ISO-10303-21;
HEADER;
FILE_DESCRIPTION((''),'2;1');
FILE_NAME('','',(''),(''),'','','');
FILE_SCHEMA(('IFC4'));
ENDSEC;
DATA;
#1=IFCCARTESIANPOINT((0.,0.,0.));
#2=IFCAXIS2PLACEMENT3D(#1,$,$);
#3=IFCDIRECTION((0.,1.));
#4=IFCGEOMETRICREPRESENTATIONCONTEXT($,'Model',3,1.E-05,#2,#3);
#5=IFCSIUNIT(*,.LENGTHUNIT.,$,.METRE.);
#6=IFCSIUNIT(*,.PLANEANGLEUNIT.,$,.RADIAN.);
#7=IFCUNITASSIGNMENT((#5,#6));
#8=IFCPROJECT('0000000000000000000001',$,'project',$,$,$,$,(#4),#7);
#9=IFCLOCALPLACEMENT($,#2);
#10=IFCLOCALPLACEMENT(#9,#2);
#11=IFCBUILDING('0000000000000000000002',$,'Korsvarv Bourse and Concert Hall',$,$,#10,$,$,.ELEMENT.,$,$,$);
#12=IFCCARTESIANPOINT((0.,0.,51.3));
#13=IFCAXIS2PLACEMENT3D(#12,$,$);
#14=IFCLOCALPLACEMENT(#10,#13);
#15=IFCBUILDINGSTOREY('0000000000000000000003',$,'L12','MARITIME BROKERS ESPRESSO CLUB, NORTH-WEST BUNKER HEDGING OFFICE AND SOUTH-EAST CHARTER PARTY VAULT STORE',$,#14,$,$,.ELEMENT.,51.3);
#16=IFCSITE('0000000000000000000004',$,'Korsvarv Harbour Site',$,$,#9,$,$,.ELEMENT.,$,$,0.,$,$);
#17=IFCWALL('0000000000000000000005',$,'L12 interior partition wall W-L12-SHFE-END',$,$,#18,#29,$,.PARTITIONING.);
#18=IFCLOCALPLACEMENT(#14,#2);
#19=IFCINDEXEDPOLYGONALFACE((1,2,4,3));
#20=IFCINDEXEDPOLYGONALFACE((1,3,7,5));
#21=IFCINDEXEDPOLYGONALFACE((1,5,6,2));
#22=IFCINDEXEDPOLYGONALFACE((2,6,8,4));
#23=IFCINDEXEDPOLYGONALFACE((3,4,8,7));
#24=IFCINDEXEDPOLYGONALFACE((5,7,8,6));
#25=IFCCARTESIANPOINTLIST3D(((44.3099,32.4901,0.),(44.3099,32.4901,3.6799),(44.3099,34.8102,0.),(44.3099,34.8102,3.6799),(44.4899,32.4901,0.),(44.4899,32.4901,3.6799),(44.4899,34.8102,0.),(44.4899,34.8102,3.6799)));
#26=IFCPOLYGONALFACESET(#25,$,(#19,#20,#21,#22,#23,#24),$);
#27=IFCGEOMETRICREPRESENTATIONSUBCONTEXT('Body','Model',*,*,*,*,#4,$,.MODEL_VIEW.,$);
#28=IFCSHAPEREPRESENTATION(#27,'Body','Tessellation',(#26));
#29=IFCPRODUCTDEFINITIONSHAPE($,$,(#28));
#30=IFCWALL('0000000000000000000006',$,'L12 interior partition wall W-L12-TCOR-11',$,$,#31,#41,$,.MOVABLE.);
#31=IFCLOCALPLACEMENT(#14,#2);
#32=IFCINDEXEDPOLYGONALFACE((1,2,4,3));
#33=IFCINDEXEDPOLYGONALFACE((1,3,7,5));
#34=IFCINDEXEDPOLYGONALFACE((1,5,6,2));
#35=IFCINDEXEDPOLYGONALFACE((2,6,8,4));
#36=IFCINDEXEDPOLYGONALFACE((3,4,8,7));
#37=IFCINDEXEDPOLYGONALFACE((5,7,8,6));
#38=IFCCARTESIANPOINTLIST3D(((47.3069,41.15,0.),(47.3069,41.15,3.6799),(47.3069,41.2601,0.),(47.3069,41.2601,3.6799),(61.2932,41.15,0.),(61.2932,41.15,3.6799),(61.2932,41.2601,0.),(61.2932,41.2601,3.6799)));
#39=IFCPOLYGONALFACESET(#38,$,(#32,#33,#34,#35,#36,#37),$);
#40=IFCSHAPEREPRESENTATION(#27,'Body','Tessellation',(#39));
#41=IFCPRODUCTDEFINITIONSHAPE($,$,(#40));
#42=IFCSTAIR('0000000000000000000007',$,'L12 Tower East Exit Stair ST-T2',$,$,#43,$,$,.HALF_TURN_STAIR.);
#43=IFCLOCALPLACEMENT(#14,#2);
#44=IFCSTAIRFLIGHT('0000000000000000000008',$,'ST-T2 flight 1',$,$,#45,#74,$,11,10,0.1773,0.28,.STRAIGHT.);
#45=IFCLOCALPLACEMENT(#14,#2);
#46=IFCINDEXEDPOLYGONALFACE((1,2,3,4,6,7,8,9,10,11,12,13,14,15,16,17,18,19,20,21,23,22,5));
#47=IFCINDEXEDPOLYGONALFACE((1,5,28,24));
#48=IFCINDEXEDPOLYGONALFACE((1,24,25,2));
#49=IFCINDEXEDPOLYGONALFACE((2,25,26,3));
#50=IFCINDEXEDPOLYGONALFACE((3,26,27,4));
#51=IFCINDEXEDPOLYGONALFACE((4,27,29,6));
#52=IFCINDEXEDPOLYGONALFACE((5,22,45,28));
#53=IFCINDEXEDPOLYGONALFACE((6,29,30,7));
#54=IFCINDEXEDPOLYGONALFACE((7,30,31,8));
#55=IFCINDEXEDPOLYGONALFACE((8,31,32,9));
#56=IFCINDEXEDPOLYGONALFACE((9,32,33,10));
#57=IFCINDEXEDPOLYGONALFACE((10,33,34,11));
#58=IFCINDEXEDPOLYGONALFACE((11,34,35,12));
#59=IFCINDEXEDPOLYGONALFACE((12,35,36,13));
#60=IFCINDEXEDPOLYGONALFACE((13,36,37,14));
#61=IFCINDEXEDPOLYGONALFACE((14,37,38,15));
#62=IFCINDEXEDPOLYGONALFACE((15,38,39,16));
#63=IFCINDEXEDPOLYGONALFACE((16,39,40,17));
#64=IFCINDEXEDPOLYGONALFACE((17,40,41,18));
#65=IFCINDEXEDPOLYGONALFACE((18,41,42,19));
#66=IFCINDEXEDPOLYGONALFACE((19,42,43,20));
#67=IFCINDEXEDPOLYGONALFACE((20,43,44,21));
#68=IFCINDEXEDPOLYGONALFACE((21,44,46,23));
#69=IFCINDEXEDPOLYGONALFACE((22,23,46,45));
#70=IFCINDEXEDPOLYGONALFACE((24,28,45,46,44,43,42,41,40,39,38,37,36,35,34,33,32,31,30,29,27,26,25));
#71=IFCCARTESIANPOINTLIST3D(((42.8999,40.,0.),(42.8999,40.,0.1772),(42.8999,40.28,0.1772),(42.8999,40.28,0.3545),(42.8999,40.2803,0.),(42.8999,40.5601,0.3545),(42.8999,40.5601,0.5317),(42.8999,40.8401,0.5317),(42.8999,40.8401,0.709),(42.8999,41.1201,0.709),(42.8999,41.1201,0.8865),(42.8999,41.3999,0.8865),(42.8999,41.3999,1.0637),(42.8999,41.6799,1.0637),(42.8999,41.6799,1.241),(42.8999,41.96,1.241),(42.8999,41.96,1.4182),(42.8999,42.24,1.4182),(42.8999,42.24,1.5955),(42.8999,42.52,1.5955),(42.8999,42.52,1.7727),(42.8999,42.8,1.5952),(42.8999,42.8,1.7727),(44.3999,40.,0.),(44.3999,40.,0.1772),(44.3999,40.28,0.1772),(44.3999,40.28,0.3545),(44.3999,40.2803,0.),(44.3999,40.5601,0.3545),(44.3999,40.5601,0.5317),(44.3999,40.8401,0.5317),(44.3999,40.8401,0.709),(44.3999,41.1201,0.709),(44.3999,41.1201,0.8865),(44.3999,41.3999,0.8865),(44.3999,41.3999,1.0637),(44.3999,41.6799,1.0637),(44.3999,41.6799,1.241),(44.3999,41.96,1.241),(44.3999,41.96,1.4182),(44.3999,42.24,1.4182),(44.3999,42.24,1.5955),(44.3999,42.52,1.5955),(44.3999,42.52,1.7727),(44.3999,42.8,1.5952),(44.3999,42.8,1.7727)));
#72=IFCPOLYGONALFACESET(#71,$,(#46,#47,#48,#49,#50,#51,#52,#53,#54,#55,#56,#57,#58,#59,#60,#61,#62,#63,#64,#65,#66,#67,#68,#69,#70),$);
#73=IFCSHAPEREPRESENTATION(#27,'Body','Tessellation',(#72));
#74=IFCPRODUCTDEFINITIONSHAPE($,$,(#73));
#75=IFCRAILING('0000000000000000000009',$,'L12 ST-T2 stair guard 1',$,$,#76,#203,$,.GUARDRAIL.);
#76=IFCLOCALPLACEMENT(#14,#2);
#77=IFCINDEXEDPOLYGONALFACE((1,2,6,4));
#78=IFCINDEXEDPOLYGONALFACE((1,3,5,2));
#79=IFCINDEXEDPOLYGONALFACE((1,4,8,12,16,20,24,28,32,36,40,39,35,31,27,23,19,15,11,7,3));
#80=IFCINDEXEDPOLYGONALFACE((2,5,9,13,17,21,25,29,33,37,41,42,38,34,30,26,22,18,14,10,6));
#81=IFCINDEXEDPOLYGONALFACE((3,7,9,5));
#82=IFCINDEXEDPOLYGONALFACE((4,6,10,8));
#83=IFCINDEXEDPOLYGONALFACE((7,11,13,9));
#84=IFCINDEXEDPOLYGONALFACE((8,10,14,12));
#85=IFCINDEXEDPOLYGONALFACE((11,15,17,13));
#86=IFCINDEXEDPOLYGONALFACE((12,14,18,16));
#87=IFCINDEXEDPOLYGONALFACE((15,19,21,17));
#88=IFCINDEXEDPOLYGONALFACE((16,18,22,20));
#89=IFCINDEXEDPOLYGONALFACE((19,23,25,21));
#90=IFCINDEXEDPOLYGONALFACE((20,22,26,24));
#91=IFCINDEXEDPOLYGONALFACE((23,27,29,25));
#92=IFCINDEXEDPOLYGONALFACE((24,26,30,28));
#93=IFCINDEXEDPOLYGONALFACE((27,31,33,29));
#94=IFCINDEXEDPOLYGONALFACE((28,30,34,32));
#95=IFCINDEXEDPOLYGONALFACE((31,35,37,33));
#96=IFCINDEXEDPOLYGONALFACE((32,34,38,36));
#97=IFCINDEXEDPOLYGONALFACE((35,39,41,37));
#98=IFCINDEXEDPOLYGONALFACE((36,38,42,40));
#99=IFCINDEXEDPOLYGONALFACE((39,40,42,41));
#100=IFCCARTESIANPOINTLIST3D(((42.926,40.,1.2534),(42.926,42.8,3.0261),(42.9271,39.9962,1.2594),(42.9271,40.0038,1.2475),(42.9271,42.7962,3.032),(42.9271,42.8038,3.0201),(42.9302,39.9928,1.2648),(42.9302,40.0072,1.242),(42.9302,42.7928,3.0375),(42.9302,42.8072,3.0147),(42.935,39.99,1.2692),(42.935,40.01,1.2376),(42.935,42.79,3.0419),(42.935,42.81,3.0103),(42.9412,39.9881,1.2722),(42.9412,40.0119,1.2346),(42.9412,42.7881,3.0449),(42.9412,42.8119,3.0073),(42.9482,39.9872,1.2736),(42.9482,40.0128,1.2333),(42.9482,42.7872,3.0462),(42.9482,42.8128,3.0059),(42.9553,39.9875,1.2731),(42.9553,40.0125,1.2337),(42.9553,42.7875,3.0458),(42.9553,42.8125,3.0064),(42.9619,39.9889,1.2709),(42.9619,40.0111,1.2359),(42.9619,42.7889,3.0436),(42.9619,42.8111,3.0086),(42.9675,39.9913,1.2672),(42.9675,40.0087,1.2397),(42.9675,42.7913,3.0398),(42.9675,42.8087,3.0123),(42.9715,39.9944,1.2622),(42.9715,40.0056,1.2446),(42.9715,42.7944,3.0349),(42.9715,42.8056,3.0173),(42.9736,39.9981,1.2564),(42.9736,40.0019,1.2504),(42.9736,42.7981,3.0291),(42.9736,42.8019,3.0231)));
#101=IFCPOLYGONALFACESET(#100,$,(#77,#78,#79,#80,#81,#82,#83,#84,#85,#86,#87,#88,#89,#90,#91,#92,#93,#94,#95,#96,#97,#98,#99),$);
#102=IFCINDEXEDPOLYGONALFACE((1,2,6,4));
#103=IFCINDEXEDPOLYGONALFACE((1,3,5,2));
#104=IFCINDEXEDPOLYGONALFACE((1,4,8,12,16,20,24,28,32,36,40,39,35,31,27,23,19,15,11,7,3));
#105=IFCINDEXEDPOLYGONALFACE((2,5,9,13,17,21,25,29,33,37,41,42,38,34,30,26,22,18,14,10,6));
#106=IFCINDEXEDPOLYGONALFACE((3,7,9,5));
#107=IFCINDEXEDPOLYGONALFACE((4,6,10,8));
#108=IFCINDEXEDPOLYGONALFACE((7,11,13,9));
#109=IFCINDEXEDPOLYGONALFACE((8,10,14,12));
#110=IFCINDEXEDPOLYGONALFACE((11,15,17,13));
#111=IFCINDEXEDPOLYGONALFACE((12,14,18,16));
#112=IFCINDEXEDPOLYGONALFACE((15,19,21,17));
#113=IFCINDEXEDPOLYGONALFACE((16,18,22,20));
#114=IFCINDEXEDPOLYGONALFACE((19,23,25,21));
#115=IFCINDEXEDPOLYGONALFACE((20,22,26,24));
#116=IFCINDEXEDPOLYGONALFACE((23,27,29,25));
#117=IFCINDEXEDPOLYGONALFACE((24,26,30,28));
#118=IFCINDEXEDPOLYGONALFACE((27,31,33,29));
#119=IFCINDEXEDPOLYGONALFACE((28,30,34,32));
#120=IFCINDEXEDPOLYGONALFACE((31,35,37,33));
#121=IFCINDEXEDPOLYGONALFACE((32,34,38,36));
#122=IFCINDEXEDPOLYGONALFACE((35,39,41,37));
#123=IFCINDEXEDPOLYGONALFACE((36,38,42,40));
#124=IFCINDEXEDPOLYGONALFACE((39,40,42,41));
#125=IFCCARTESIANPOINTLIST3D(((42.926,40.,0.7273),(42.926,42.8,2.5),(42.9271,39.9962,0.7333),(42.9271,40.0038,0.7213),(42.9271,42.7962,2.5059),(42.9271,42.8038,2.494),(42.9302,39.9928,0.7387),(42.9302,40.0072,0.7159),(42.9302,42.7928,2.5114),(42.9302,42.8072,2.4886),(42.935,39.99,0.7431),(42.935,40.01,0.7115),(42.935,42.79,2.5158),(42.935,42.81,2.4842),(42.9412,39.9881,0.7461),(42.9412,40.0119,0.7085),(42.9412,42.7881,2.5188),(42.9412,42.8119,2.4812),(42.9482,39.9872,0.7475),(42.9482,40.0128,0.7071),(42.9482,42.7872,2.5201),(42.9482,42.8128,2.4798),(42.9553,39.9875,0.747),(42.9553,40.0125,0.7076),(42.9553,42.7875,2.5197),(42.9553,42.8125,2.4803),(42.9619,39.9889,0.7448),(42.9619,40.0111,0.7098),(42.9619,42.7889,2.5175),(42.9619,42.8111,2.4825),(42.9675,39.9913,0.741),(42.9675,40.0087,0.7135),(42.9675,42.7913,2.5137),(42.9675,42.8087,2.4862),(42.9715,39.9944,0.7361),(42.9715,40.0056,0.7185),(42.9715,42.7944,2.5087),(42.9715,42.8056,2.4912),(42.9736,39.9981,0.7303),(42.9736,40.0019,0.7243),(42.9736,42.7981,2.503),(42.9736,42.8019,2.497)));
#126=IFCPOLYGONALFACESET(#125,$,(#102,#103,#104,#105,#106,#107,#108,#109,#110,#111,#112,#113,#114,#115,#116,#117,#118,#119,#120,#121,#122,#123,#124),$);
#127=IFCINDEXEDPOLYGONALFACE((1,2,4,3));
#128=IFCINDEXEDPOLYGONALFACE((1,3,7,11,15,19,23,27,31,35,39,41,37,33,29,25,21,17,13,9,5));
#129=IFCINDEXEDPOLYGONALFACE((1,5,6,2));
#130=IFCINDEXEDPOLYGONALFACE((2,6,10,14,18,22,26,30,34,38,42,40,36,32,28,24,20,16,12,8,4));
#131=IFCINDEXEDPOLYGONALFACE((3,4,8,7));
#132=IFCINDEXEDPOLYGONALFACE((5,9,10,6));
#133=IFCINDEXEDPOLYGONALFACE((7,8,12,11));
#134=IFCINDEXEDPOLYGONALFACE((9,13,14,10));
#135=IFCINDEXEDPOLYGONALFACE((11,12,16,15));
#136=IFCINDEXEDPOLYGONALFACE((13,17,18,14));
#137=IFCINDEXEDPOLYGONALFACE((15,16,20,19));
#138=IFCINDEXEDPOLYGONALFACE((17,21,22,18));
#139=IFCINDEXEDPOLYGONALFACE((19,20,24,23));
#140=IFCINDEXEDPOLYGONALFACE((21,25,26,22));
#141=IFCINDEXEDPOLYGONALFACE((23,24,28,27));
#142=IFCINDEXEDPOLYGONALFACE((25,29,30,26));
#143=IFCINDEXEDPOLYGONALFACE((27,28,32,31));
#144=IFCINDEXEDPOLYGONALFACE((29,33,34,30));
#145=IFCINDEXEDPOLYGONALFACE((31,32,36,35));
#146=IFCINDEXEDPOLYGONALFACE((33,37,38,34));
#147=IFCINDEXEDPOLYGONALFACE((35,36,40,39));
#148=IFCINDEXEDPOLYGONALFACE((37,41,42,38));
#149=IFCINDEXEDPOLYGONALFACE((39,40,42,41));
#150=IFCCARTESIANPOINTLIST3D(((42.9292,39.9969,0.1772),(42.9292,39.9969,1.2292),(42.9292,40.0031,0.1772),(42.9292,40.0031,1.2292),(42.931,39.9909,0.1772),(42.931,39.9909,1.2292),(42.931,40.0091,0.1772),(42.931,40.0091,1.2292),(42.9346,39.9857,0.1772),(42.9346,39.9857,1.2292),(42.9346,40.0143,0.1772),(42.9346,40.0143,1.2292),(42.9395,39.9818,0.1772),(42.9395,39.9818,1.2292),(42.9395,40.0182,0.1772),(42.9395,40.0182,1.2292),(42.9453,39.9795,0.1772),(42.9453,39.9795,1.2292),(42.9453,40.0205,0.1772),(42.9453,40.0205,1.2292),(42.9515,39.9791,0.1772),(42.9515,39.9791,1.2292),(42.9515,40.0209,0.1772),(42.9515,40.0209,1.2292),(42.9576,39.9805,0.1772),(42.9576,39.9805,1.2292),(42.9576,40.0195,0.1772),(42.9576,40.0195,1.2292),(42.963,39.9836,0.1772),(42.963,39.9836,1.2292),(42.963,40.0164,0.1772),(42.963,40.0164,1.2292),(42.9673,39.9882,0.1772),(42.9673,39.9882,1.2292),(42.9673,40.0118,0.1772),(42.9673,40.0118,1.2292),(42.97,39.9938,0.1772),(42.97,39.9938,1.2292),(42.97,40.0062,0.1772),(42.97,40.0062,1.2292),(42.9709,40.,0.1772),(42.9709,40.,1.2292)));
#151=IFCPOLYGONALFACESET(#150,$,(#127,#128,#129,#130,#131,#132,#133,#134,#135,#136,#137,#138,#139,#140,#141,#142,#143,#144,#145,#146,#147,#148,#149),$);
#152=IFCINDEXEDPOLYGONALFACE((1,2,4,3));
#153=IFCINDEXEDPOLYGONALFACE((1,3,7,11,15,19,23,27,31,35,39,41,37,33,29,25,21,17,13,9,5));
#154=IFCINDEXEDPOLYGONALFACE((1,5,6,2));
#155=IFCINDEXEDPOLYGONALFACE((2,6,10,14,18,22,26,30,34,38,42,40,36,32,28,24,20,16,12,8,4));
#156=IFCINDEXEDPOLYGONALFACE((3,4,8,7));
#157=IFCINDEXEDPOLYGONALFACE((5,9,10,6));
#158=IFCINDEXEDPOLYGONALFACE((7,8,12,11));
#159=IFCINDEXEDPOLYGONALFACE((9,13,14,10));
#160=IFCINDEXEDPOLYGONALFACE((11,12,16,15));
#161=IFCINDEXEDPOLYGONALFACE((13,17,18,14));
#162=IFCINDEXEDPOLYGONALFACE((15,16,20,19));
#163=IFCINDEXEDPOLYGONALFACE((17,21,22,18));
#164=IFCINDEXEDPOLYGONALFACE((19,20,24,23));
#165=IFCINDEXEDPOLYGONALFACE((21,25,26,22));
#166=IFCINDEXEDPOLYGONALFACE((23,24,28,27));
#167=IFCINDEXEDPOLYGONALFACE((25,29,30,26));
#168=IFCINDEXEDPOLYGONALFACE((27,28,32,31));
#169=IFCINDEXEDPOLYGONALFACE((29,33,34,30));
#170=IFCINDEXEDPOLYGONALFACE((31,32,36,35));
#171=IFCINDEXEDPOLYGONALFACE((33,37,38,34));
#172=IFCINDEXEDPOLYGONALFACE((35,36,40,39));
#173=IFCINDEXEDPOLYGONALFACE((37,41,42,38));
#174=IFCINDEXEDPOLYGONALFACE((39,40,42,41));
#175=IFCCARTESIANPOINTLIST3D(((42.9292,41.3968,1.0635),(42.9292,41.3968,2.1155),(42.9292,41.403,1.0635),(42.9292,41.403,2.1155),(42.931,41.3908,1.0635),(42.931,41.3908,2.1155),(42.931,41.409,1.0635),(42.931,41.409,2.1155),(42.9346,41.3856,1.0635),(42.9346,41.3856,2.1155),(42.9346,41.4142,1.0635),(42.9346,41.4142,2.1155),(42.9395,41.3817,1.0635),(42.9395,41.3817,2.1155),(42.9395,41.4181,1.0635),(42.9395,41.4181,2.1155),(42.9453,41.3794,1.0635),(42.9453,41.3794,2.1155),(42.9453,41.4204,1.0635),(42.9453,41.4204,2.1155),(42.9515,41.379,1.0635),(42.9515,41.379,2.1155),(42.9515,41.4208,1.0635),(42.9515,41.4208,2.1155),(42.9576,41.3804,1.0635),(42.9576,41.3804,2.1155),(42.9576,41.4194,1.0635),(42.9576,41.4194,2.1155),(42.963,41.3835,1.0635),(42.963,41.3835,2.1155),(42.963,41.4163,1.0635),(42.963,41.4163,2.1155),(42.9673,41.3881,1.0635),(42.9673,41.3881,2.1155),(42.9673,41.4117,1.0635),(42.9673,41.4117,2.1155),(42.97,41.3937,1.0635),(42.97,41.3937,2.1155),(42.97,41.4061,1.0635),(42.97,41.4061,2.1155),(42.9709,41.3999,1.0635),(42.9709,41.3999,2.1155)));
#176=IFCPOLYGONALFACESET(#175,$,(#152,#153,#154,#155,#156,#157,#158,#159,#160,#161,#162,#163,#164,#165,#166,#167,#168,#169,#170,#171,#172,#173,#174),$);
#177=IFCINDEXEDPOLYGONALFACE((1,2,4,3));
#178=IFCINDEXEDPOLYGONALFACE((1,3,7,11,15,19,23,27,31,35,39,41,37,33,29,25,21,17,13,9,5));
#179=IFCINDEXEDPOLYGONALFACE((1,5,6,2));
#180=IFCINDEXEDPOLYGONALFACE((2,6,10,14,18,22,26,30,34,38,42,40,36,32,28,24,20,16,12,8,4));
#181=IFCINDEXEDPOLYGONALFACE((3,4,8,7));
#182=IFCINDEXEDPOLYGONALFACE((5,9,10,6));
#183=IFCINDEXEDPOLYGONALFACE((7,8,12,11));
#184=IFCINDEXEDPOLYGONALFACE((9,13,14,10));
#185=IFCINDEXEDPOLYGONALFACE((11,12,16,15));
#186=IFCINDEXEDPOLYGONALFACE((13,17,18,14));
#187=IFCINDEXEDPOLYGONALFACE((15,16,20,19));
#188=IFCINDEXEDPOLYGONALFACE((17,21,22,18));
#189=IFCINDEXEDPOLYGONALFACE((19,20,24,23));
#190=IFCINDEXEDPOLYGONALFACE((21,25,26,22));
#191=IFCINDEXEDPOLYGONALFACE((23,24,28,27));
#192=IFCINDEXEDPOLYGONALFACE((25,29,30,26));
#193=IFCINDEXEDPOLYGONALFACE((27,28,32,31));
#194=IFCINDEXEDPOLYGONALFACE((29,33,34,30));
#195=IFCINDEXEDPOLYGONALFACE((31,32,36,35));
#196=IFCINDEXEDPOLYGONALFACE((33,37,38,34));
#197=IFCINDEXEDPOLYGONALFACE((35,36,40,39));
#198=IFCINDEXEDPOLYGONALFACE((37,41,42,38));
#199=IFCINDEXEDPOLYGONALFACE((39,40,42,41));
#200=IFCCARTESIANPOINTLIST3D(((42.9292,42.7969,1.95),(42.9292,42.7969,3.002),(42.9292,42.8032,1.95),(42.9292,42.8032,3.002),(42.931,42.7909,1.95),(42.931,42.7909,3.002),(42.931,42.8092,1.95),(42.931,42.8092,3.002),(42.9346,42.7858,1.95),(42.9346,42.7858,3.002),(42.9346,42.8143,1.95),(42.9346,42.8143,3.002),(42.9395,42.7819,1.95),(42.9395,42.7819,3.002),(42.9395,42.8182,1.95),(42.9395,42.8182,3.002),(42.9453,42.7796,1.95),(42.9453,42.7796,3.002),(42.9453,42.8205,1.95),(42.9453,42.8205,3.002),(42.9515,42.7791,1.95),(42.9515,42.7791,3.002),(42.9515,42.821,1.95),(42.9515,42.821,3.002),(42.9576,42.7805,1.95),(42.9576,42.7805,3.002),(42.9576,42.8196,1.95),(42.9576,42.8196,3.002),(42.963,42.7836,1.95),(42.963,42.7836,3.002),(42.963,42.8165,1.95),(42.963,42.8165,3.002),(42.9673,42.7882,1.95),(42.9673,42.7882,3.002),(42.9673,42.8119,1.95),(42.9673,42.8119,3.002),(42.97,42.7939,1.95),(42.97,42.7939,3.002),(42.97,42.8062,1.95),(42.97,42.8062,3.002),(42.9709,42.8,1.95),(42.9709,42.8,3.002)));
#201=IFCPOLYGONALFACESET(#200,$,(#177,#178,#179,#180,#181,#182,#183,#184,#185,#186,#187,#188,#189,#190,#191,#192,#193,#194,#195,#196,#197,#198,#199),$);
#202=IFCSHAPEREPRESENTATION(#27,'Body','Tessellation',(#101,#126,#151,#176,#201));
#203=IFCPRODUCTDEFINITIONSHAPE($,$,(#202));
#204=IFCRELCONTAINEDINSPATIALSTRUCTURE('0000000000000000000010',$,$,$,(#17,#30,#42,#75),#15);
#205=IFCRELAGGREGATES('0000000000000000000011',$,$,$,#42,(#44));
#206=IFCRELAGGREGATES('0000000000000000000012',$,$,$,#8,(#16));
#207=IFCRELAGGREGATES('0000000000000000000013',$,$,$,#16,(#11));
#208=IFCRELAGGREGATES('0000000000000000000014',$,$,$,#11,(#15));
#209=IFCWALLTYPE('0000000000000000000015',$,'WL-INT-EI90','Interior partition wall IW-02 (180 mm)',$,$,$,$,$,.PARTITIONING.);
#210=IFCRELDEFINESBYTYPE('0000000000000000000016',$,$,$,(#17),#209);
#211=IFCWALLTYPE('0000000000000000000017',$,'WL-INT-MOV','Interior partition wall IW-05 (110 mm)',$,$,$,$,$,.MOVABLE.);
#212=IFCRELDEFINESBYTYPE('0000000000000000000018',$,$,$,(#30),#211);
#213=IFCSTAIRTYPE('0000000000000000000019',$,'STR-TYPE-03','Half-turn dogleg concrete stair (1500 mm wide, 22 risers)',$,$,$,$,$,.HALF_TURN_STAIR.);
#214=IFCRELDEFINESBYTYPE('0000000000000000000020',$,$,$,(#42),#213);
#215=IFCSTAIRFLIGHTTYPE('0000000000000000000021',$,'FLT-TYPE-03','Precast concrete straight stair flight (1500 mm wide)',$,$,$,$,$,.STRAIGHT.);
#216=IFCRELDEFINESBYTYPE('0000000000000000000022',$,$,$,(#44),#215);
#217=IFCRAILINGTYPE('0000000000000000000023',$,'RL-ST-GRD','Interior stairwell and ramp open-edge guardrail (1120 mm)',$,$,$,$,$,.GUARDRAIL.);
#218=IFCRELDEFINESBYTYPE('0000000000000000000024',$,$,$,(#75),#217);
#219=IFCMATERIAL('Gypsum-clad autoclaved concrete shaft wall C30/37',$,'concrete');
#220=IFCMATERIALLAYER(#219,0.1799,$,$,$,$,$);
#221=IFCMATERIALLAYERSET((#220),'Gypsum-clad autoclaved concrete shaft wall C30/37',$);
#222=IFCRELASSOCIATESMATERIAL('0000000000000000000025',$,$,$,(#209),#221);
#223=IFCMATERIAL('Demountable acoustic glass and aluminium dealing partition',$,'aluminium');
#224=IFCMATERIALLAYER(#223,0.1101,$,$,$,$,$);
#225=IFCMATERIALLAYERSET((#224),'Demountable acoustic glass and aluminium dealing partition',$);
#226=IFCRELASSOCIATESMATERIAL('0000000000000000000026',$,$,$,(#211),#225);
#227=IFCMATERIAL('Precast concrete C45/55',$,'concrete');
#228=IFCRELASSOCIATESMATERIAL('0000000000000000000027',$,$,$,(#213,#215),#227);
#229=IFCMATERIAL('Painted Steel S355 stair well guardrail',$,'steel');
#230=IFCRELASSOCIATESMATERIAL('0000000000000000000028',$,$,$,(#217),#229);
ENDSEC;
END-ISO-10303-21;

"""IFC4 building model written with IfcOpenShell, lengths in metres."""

from ifc_helpers import new_model, si_unit, direction, frame, frame_2d, origin, origin_2d, place, context, subcontext, project, spatial, polyline, rectangle, circle, outline, extrude, material, layer, layer_set, type_object, element, aggregate, save


model = new_model("IFC4")

# Units and contexts
model_context = context("Model", 3, precision=1e-05, world=origin(), true_north=direction((0.0, 1.0)))
body_context = subcontext(model_context, "Body", "Model", "MODEL_VIEW")
ifc_project = project(units=[si_unit("LENGTHUNIT", "METRE"), si_unit("PLANEANGLEUNIT", "RADIAN")], contexts=[model_context])

# Site, building, storey
site_placement = place(None, origin())
site = spatial("IfcSite", under=ifc_project, at=site_placement, Name="Korsvarv Harbour Site", CompositionType="ELEMENT", RefElevation=0.0)
building_placement = place(site_placement, origin())
building = spatial("IfcBuilding", under=site, at=building_placement, Name="Korsvarv Bourse and Concert Hall", CompositionType="ELEMENT")
storey_placement = place(building_placement, frame((0.0, 0.0, 51.3)))
storey = spatial("IfcBuildingStorey", under=building, at=storey_placement, Name="L12", Description="MARITIME BROKERS ESPRESSO CLUB, NORTH-WEST BUNKER HEDGING OFFICE AND SOUTH-EAST CHARTER PARTY VAULT STORE", CompositionType="ELEMENT", Elevation=51.3)

# Walls
ifc_material_1 = material(Name="Gypsum-clad autoclaved concrete shaft wall C30/37", Category="concrete")
ifc_layer_1 = layer(ifc_material_1, 0.1799)
ifc_layer_set_1 = layer_set([ifc_layer_1], Name="Gypsum-clad autoclaved concrete shaft wall C30/37")
wall_type_1 = type_object("IfcWallType", Name="WL-INT-EI90", Description="Interior partition wall IW-02 (180 mm)", PredefinedType="PARTITIONING", material=ifc_layer_set_1)
wall_1_placement = place(storey_placement, frame((44.3999, 32.49, 0.0), z_axis=(0.0, 0.0, 1.0), x_axis=(0.0, 1.0, 0.0)))
element("IfcWall", 1, at=wall_1_placement, inside=storey, type_object=wall_type_1, Name="L12 interior partition wall W-L12-SHFE-END", PredefinedType="PARTITIONING", context=body_context, shape_type="SweptSolid", body=[
    extrude(rectangle(XDim=2.3201, YDim=0.1799, at=frame_2d((1.1602, 0.0))), origin(), (0.0, 0.0, 1.0), 3.6799),
])
ifc_material_2 = material(Name="Demountable acoustic glass and aluminium dealing partition", Category="aluminium")
ifc_layer_2 = layer(ifc_material_2, 0.1101)
ifc_layer_set_2 = layer_set([ifc_layer_2], Name="Demountable acoustic glass and aluminium dealing partition")
wall_type_2 = type_object("IfcWallType", Name="WL-INT-MOV", Description="Interior partition wall IW-05 (110 mm)", PredefinedType="MOVABLE", material=ifc_layer_set_2)
wall_2_placement = place(storey_placement, frame((47.3069, 41.2051, 0.0), z_axis=(0.0, 0.0, 1.0), x_axis=(1.0, 0.0, 0.0)))
element("IfcWall", 2, at=wall_2_placement, inside=storey, type_object=wall_type_2, Name="L12 interior partition wall W-L12-TCOR-11", PredefinedType="MOVABLE", context=body_context, shape_type="SweptSolid", body=[
    extrude(rectangle(XDim=13.9863, YDim=0.1101, at=frame_2d((6.9932, 0.0))), origin(), (0.0, 0.0, 1.0), 3.6799),
])

# Stair, stair flight
ifc_material_3 = material(Name="Precast concrete C45/55", Category="concrete")
stair_type = type_object("IfcStairType", Name="STR-TYPE-03", Description="Half-turn dogleg concrete stair (1500 mm wide, 22 risers)", PredefinedType="HALF_TURN_STAIR", material=ifc_material_3)
stair_placement = place(storey_placement, origin())
stair = element("IfcStair", 3, at=stair_placement, inside=storey, type_object=stair_type, Name="L12 Tower East Exit Stair ST-T2", PredefinedType="HALF_TURN_STAIR")
stair_flight_type = type_object("IfcStairFlightType", Name="FLT-TYPE-03", Description="Precast concrete straight stair flight (1500 mm wide)", PredefinedType="STRAIGHT", material=ifc_material_3)
stair_flight_placement = place(storey_placement, frame((43.6499, 40.0, 0.0), z_axis=(0.0, 0.0, 1.0), x_axis=(0.0, 1.0, 0.0)))
stair_flight = element("IfcStairFlight", 4, at=stair_flight_placement, type_object=stair_flight_type, Name="ST-T2 flight 1", NumberOfRisers=11, NumberOfTreads=10, PredefinedType="STRAIGHT", RiserHeight=0.1773, TreadLength=0.28, context=body_context, shape_type="SweptSolid", body=[
    extrude(outline(polyline([(0.0, 0.0), (0.0, 0.1772), (0.28, 0.1772), (0.28, 0.3545), (0.5601, 0.3545), (0.5601, 0.5317), (0.8401, 0.5317), (0.8401, 0.709), (1.1201, 0.709), (1.1201, 0.8865), (1.3999, 0.8865), (1.3999, 1.0637), (1.6799, 1.0637), (1.6799, 1.241), (1.96, 1.241), (1.96, 1.4182), (2.24, 1.4182), (2.24, 1.5955), (2.52, 1.5955), (2.52, 1.7727), (2.8, 1.7727), (2.8, 1.95), (2.8, 1.5952), (0.2803, 0.0), (0.0, 0.0)])), frame((0.0, 0.75, 0.0), z_axis=(0.0, -1.0, 0.0), x_axis=(1.0, 0.0, 0.0)), (0.0, 0.0, 1.0), 1.5),
])
aggregate(stair, [stair_flight])

# Railing
ifc_material_4 = material(Name="Painted Steel S355 stair well guardrail", Category="steel")
railing_type_1 = type_object("IfcRailingType", Name="RL-ST-GRD", Description="Interior stairwell and ramp open-edge guardrail (1120 mm)", PredefinedType="GUARDRAIL", material=ifc_material_4)
railing_1_placement = place(storey_placement, frame((42.95, 40.0, 0.1772)))
element("IfcRailing", 5, at=railing_1_placement, inside=storey, type_object=railing_type_1, Name="L12 ST-T2 stair guard 1", PredefinedType="GUARDRAIL", context=body_context, shape_type="SweptSolid", body=[
    extrude(circle(Radius=0.0239, at=origin_2d()), frame((0.0, 0.0, 1.0762), z_axis=(0.0, 0.844909, 0.53491), x_axis=(-1.0, 0.0, 0.0)), (0.0, 0.0, 1.0), 3.314),
    extrude(circle(Radius=0.0239, at=origin_2d()), frame((0.0, 0.0, 0.55), z_axis=(0.0, 0.844909, 0.53491), x_axis=(-1.0, 0.0, 0.0)), (0.0, 0.0, 1.0), 3.314),
    extrude(circle(Radius=0.021, at=origin_2d()), origin(), (0.0, 0.0, 1.0), 1.052),
    extrude(circle(Radius=0.021, at=origin_2d()), frame((0.0, 1.3999, 0.8862)), (0.0, 0.0, 1.0), 1.052),
    extrude(circle(Radius=0.021, at=origin_2d()), frame((0.0, 2.8, 1.7727)), (0.0, 0.0, 1.0), 1.052),
])

save(model, "model.ifc")
